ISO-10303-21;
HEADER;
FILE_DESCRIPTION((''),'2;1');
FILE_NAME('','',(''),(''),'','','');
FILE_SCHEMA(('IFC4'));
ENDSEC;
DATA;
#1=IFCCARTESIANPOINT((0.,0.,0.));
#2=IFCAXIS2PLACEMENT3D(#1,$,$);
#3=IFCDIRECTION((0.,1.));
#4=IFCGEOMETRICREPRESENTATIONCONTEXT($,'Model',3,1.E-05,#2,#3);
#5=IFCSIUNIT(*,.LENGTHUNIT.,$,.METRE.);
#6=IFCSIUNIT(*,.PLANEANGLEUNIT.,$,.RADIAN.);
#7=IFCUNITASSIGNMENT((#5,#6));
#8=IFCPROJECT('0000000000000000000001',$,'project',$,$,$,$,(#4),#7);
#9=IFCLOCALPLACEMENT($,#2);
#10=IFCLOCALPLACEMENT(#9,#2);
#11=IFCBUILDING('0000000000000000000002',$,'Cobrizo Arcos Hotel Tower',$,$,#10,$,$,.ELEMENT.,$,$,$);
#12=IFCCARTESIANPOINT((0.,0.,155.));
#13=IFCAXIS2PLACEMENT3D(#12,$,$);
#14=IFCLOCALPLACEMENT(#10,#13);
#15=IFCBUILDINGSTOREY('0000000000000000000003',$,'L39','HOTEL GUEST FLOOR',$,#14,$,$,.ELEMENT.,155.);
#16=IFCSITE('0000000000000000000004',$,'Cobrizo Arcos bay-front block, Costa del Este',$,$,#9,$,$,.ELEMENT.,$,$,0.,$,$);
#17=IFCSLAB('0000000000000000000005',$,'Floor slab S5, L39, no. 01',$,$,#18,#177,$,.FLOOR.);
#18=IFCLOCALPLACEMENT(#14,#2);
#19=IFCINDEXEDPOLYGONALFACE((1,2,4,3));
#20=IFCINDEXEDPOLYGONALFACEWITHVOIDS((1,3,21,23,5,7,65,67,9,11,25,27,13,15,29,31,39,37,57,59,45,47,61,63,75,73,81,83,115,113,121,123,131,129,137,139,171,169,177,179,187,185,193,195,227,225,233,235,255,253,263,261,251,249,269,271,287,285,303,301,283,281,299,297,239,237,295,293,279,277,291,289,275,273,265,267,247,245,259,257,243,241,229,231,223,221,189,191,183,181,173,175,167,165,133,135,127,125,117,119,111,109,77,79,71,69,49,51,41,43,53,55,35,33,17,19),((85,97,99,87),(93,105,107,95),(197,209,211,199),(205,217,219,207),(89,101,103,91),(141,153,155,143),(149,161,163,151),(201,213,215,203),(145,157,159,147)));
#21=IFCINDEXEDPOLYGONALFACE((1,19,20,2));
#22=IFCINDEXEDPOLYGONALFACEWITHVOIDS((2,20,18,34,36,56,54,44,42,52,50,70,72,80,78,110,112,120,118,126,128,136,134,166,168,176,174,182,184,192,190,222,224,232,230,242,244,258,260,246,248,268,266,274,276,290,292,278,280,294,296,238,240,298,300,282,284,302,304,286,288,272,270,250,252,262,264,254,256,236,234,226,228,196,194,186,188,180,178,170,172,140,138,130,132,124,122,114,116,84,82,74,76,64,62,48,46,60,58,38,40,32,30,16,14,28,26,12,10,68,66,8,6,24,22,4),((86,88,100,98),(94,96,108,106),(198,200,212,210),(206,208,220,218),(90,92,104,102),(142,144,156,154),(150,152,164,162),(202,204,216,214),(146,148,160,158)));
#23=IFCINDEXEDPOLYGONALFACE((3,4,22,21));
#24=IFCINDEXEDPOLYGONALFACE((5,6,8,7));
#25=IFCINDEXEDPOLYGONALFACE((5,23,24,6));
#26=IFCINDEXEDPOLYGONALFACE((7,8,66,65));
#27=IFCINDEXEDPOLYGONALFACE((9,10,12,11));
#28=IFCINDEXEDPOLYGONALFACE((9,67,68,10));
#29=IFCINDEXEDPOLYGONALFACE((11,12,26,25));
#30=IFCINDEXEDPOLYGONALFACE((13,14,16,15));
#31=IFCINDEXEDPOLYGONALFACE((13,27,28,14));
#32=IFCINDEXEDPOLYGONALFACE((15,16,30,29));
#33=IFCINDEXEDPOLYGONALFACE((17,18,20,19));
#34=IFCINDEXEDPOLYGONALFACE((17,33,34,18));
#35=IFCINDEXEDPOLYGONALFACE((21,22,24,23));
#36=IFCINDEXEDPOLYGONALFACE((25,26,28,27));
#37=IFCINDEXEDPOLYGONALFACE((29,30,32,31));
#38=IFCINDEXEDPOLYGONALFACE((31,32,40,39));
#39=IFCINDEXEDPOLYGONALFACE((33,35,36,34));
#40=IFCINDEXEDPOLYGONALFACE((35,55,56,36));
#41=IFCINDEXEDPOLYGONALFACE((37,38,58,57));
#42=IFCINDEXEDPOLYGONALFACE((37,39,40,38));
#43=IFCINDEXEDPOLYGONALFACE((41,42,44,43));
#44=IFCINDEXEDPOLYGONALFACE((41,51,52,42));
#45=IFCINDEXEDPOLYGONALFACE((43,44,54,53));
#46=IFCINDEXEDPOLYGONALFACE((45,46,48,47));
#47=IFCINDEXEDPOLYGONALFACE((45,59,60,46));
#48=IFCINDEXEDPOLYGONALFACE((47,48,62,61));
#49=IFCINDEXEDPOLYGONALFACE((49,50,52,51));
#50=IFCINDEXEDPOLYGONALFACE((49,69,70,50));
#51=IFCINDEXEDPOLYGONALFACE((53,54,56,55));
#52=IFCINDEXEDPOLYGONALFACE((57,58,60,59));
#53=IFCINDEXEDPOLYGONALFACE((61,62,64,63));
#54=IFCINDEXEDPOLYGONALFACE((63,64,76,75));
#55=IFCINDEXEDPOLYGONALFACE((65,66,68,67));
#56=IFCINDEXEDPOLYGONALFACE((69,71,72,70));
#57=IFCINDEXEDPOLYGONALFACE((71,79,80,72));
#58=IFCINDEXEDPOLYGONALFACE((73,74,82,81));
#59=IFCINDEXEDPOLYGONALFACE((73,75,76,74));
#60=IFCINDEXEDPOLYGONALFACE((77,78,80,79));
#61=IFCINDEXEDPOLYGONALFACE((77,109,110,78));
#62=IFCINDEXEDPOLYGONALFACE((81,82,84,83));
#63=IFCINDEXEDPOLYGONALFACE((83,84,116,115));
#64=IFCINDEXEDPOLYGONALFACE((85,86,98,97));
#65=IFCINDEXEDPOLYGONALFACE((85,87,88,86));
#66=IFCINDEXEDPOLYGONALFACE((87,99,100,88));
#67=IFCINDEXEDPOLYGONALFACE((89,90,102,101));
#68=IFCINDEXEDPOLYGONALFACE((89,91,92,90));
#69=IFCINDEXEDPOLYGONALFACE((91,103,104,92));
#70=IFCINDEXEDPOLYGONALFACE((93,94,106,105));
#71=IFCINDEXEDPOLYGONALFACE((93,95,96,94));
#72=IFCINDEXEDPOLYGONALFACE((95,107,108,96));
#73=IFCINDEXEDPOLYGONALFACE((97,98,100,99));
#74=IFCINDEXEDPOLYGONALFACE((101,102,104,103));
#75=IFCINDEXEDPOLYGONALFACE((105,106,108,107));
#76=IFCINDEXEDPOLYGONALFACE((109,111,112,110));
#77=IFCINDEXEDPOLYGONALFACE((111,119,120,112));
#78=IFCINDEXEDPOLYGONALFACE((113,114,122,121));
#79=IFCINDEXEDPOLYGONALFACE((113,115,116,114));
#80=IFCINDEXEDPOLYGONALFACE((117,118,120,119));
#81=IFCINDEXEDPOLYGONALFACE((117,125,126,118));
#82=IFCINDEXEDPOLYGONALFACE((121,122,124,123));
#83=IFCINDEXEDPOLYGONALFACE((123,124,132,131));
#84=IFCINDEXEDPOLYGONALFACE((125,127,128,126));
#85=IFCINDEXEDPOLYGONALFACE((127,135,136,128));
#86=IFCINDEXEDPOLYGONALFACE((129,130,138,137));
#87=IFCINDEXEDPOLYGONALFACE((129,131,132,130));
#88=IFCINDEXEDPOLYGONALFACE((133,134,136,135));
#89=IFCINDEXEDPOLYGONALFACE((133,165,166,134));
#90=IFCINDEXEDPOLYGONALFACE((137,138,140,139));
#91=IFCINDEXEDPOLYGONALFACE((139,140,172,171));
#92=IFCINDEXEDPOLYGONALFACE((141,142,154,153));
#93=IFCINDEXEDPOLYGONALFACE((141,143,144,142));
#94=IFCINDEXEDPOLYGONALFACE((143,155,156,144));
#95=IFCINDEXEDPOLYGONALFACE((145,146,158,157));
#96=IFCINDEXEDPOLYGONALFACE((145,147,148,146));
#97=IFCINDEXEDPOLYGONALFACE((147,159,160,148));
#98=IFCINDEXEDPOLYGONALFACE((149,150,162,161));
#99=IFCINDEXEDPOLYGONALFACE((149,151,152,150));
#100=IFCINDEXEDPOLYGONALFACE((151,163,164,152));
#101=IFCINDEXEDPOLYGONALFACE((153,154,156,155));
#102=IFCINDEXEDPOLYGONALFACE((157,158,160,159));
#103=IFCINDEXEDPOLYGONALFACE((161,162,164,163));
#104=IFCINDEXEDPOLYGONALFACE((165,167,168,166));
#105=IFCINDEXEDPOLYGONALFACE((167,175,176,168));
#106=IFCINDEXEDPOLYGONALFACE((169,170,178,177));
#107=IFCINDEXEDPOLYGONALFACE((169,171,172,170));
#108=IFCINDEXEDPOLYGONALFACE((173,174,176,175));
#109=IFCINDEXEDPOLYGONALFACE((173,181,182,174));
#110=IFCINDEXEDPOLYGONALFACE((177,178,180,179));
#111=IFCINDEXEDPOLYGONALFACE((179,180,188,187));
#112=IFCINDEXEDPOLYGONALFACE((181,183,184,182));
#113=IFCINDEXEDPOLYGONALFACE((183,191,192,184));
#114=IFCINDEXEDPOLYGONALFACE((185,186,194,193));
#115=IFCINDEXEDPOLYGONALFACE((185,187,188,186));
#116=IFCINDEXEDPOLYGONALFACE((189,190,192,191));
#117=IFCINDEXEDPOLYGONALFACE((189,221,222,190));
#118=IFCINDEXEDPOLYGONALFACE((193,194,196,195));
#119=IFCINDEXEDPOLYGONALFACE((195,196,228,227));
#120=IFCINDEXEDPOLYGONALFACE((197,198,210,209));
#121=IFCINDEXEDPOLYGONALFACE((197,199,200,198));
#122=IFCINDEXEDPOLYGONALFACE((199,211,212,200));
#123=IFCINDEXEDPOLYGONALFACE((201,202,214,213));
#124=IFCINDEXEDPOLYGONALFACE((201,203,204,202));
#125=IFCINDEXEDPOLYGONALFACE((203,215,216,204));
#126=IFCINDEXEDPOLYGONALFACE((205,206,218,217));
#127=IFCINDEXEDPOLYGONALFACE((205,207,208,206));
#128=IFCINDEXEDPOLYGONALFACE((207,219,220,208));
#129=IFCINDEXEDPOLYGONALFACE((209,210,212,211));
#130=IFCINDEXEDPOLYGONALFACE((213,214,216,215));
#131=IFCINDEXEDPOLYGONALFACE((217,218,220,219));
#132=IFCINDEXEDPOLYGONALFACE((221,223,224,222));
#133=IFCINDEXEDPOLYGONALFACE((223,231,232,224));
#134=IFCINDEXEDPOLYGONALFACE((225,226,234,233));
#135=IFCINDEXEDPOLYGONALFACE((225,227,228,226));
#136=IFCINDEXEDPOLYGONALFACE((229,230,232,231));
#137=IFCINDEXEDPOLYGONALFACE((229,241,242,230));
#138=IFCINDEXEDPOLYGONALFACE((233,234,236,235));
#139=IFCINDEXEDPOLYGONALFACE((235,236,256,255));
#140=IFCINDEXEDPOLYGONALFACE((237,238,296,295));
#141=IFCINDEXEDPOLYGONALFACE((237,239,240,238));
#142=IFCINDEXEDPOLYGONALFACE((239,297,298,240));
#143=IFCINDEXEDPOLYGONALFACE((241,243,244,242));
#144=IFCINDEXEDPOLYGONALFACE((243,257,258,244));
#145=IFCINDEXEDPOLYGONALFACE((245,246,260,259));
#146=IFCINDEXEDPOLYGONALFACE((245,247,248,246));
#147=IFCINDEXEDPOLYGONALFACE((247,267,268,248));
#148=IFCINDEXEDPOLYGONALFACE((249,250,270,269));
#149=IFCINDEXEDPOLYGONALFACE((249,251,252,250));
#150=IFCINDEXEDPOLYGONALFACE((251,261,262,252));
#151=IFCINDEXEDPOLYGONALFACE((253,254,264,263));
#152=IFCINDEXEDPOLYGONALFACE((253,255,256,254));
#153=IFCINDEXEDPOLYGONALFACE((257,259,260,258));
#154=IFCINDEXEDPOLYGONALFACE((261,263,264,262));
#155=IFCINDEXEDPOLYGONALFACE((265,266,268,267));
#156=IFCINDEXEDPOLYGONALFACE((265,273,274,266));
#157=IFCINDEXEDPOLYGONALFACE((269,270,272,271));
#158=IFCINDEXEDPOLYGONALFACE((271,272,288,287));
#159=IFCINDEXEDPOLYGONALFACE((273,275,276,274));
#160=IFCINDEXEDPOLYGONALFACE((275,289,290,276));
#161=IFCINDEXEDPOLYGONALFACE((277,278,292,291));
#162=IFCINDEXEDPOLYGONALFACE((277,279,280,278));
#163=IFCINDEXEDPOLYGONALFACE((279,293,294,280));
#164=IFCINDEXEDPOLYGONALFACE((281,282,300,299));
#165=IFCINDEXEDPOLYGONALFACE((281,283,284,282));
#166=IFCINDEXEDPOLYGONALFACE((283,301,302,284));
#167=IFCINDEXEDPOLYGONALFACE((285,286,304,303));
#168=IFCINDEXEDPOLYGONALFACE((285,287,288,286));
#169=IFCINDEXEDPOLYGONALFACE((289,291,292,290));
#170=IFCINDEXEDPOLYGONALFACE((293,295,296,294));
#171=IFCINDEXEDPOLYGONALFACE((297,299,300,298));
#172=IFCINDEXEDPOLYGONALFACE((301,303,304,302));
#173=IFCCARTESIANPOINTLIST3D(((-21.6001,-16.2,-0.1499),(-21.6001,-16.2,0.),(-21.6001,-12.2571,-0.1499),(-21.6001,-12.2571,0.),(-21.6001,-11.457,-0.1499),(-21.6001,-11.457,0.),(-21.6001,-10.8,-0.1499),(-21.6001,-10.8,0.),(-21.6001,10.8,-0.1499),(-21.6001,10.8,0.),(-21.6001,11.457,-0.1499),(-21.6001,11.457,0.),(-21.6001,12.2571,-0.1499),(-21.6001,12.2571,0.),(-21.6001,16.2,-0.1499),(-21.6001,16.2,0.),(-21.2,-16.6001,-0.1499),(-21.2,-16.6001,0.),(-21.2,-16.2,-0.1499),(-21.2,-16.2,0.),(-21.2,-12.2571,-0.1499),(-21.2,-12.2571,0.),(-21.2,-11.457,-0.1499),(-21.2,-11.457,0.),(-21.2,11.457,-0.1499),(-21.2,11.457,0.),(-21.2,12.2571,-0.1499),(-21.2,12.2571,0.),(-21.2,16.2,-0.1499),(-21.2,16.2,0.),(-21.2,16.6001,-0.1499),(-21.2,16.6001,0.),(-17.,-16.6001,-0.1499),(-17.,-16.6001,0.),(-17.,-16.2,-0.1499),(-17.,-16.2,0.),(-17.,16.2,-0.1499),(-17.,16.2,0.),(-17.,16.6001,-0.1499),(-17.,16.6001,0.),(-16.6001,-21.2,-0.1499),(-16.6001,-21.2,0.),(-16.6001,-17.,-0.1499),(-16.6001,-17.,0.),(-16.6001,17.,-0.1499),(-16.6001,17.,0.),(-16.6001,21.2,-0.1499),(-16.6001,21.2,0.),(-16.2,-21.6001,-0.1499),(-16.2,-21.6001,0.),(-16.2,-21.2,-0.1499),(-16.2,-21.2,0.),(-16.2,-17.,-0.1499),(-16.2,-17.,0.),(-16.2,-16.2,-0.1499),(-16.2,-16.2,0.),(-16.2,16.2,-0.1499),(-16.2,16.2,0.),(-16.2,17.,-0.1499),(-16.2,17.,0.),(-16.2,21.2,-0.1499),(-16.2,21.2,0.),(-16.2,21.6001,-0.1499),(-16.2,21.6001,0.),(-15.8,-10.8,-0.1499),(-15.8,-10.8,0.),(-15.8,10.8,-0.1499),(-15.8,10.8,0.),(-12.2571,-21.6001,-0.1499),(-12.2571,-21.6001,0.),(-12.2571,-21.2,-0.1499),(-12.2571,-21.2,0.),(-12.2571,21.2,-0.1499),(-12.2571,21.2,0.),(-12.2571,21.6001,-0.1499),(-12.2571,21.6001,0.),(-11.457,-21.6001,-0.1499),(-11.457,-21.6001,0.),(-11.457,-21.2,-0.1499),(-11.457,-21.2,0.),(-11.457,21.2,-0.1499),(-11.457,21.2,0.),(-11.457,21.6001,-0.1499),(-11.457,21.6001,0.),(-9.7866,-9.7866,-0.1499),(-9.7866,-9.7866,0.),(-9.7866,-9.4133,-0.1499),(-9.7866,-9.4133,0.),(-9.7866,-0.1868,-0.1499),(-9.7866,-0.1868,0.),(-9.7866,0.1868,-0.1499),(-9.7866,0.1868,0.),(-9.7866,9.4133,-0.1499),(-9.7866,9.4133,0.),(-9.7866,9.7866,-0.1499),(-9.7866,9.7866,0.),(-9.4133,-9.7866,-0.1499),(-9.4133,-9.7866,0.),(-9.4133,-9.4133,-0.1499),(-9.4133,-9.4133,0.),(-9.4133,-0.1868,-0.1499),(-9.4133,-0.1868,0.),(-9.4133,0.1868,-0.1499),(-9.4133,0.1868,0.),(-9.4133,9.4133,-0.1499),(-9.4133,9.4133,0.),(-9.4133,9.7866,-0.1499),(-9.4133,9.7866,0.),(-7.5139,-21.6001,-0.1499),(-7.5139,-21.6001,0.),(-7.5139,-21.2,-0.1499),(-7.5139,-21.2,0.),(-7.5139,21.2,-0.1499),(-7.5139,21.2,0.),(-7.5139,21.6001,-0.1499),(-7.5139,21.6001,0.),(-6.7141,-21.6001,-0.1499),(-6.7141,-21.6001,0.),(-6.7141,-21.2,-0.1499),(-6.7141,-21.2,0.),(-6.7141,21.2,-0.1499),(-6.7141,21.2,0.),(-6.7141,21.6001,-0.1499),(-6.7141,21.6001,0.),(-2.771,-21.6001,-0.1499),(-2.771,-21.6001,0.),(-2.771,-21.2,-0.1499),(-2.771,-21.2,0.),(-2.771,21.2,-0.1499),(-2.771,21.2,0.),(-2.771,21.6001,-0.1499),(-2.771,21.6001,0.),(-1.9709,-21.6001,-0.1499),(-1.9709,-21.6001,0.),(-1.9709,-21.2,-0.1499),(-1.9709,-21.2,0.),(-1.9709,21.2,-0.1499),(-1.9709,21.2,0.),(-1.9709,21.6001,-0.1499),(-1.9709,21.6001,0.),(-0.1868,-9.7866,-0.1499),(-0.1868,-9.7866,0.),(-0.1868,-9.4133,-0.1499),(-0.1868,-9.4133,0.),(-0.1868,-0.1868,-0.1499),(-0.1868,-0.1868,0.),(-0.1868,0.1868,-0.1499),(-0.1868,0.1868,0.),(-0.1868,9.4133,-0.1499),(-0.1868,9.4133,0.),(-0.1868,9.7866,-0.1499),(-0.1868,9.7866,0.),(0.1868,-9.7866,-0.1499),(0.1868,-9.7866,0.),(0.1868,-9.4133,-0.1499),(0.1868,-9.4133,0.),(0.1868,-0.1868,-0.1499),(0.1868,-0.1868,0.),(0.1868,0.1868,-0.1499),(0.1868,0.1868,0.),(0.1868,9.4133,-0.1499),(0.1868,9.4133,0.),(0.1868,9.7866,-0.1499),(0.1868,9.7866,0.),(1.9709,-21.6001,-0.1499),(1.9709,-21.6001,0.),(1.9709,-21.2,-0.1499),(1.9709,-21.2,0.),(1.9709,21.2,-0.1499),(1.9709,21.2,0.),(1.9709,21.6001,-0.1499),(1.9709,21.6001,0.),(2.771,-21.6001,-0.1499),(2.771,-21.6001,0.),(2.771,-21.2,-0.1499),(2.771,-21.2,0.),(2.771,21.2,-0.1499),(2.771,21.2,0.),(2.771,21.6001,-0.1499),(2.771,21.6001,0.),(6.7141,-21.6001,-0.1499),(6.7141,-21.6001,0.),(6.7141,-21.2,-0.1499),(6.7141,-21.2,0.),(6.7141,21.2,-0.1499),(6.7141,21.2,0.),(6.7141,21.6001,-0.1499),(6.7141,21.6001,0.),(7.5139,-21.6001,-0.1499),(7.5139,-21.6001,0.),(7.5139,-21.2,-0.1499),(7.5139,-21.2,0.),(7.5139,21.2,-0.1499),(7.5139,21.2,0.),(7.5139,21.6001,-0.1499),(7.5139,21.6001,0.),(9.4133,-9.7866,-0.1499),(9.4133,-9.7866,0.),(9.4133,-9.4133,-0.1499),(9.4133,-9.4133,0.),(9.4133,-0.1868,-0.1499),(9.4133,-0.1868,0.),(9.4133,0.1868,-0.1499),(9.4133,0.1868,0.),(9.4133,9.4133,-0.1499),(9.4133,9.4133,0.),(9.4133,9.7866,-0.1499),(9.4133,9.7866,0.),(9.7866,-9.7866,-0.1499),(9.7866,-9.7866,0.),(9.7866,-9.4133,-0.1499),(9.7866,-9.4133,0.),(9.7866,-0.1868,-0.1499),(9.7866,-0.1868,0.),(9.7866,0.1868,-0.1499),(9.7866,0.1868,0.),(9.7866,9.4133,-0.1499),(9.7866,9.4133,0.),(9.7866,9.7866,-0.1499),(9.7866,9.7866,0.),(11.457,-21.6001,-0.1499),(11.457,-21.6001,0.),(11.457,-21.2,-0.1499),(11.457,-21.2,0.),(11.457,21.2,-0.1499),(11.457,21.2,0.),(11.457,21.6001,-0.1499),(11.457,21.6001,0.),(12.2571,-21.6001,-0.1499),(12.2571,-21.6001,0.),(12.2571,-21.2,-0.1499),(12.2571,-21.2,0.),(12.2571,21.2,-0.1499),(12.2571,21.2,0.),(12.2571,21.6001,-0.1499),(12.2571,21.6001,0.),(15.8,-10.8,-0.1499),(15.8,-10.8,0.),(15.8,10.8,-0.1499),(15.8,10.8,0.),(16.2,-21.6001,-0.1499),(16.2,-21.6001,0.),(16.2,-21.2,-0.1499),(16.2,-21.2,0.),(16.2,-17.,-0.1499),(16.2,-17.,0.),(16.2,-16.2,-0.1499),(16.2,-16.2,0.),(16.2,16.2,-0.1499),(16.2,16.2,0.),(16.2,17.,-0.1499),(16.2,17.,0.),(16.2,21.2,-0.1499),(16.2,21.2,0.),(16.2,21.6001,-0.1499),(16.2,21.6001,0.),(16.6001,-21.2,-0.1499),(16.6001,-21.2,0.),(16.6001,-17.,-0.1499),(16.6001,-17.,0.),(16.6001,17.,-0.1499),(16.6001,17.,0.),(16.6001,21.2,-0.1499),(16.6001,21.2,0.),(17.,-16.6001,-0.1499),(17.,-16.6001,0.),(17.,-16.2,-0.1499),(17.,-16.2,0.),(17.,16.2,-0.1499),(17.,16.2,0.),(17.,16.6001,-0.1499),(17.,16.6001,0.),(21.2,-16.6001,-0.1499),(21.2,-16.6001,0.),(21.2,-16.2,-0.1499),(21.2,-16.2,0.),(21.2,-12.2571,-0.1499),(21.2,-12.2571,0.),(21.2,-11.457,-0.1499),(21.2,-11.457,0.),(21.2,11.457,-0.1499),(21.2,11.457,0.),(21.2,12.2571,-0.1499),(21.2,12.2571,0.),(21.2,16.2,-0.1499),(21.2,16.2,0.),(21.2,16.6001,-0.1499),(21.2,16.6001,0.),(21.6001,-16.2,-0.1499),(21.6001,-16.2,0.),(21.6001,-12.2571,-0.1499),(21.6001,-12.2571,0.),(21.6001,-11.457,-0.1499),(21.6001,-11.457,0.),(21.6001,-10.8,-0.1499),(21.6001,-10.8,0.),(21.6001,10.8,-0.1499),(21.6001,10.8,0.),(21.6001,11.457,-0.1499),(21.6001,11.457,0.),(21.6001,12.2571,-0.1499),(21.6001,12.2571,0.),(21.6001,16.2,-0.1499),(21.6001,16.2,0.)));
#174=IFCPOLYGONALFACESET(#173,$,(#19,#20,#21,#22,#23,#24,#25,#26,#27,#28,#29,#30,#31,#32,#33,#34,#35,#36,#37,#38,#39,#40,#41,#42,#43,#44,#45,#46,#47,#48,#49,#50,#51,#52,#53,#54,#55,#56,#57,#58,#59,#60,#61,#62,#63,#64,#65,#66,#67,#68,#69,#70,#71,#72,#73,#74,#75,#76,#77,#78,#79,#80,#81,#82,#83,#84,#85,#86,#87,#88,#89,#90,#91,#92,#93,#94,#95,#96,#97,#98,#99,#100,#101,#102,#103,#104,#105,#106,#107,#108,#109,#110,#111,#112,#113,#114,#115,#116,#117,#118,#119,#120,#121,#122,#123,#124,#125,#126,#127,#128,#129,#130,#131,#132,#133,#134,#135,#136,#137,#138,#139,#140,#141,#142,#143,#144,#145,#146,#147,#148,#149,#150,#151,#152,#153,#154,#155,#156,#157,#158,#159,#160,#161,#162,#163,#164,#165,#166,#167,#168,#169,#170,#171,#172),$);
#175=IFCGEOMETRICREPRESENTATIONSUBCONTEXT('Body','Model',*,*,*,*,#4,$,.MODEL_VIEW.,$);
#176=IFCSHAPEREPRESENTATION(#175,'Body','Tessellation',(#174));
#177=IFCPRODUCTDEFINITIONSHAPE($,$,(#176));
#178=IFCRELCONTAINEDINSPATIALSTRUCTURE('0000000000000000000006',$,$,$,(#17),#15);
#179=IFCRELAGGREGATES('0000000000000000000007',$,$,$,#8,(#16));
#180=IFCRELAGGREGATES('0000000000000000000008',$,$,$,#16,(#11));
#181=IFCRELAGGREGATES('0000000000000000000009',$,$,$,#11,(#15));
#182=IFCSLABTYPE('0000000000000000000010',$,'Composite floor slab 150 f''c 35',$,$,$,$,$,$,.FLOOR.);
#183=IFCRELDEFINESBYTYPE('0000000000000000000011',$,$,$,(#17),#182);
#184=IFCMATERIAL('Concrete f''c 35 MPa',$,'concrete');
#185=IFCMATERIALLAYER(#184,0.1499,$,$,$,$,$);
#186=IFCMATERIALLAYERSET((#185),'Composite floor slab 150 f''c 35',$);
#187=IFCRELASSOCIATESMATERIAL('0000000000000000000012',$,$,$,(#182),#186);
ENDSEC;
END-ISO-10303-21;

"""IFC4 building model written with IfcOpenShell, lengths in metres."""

from ifc_helpers import new_model, si_unit, direction, frame, origin, place, context, subcontext, project, spatial, polyline, outline, extrude, material, layer, layer_set, type_object, element, save


model = new_model("IFC4")

# Units and contexts
model_context = context("Model", 3, precision=1e-05, world=origin(), true_north=direction((0.0, 1.0)))
body_context = subcontext(model_context, "Body", "Model", "MODEL_VIEW")
ifc_project = project(units=[si_unit("LENGTHUNIT", "METRE"), si_unit("PLANEANGLEUNIT", "RADIAN")], contexts=[model_context])

# Site, building, storey
site_placement = place(None, origin())
site = spatial("IfcSite", under=ifc_project, at=site_placement, Name="Cobrizo Arcos bay-front block, Costa del Este", CompositionType="ELEMENT", RefElevation=0.0)
building_placement = place(site_placement, origin())
building = spatial("IfcBuilding", under=site, at=building_placement, Name="Cobrizo Arcos Hotel Tower", CompositionType="ELEMENT")
storey_placement = place(building_placement, frame((0.0, 0.0, 155.0)))
storey = spatial("IfcBuildingStorey", under=building, at=storey_placement, Name="L39", Description="HOTEL GUEST FLOOR", CompositionType="ELEMENT", Elevation=155.0)

# Slab
ifc_material_1 = material(Name="Concrete f'c 35 MPa", Category="concrete")
ifc_layer_1 = layer(ifc_material_1, 0.1499)
ifc_layer_set_1 = layer_set([ifc_layer_1], Name="Composite floor slab 150 f'c 35")
slab_type_1 = type_object("IfcSlabType", Name="Composite floor slab 150 f'c 35", PredefinedType="FLOOR", material=ifc_layer_set_1)
slab_1_placement = place(storey_placement, frame((0.0, 0.0, -0.1499)))
element("IfcSlab", 1, at=slab_1_placement, inside=storey, type_object=slab_type_1, Name="Floor slab S5, L39, no. 01", PredefinedType="FLOOR", context=body_context, shape_type="SweptSolid", body=[
    extrude(outline(polyline([(-16.2, -21.6001), (-16.2, -21.2), (-16.6001, -21.2), (-16.6001, -17.0), (-16.2, -17.0), (-16.2, -16.2), (-17.0, -16.2), (-17.0, -16.6001), (-21.2, -16.6001), (-21.2, -16.2), (-21.6001, -16.2), (-21.6001, -12.2571), (-21.2, -12.2571), (-21.2, -11.457), (-21.6001, -11.457), (-21.6001, -10.8), (-15.8, -10.8), (-15.8, 10.8), (-21.6001, 10.8), (-21.6001, 11.457), (-21.2, 11.457), (-21.2, 12.2571), (-21.6001, 12.2571), (-21.6001, 16.2), (-21.2, 16.2), (-21.2, 16.6001), (-17.0, 16.6001), (-17.0, 16.2), (-16.2, 16.2), (-16.2, 17.0), (-16.6001, 17.0), (-16.6001, 21.2), (-16.2, 21.2), (-16.2, 21.6001), (-12.2571, 21.6001), (-12.2571, 21.2), (-11.457, 21.2), (-11.457, 21.6001), (-7.5139, 21.6001), (-7.5139, 21.2), (-6.7141, 21.2), (-6.7141, 21.6001), (-2.771, 21.6001), (-2.771, 21.2), (-1.9709, 21.2), (-1.9709, 21.6001), (1.9709, 21.6001), (1.9709, 21.2), (2.771, 21.2), (2.771, 21.6001), (6.7141, 21.6001), (6.7141, 21.2), (7.5139, 21.2), (7.5139, 21.6001), (11.457, 21.6001), (11.457, 21.2), (12.2571, 21.2), (12.2571, 21.6001), (16.2, 21.6001), (16.2, 21.2), (16.6001, 21.2), (16.6001, 17.0), (16.2, 17.0), (16.2, 16.2), (17.0, 16.2), (17.0, 16.6001), (21.2, 16.6001), (21.2, 16.2), (21.6001, 16.2), (21.6001, 12.2571), (21.2, 12.2571), (21.2, 11.457), (21.6001, 11.457), (21.6001, 10.8), (15.8, 10.8), (15.8, -10.8), (21.6001, -10.8), (21.6001, -11.457), (21.2, -11.457), (21.2, -12.2571), (21.6001, -12.2571), (21.6001, -16.2), (21.2, -16.2), (21.2, -16.6001), (17.0, -16.6001), (17.0, -16.2), (16.2, -16.2), (16.2, -17.0), (16.6001, -17.0), (16.6001, -21.2), (16.2, -21.2), (16.2, -21.6001), (12.2571, -21.6001), (12.2571, -21.2), (11.457, -21.2), (11.457, -21.6001), (7.5139, -21.6001), (7.5139, -21.2), (6.7141, -21.2), (6.7141, -21.6001), (2.771, -21.6001), (2.771, -21.2), (1.9709, -21.2), (1.9709, -21.6001), (-1.9709, -21.6001), (-1.9709, -21.2), (-2.771, -21.2), (-2.771, -21.6001), (-6.7141, -21.6001), (-6.7141, -21.2), (-7.5139, -21.2), (-7.5139, -21.6001), (-11.457, -21.6001), (-11.457, -21.2), (-12.2571, -21.2), (-12.2571, -21.6001), (-16.2, -21.6001)]), holes=[polyline([(-0.1868, -9.7866), (0.1868, -9.7866), (0.1868, -9.4133), (-0.1868, -9.4133), (-0.1868, -9.7866)]), polyline([(-9.7866, -9.7866), (-9.4133, -9.7866), (-9.4133, -9.4133), (-9.7866, -9.4133), (-9.7866, -9.7866)]), polyline([(-9.4133, -0.1868), (-9.4133, 0.1868), (-9.7866, 0.1868), (-9.7866, -0.1868), (-9.4133, -0.1868)]), polyline([(0.1868, -0.1868), (0.1868, 0.1868), (-0.1868, 0.1868), (-0.1868, -0.1868), (0.1868, -0.1868)]), polyline([(-9.7866, 9.4133), (-9.4133, 9.4133), (-9.4133, 9.7866), (-9.7866, 9.7866), (-9.7866, 9.4133)]), polyline([(9.4133, -9.7866), (9.7866, -9.7866), (9.7866, -9.4133), (9.4133, -9.4133), (9.4133, -9.7866)]), polyline([(9.4133, -0.1868), (9.7866, -0.1868), (9.7866, 0.1868), (9.4133, 0.1868), (9.4133, -0.1868)]), polyline([(9.7866, 9.4133), (9.7866, 9.7866), (9.4133, 9.7866), (9.4133, 9.4133), (9.7866, 9.4133)]), polyline([(0.1868, 9.4133), (0.1868, 9.7866), (-0.1868, 9.7866), (-0.1868, 9.4133), (0.1868, 9.4133)])]), origin(), (0.0, 0.0, 1.0), 0.1499),
])

save(model, "model.ifc")
